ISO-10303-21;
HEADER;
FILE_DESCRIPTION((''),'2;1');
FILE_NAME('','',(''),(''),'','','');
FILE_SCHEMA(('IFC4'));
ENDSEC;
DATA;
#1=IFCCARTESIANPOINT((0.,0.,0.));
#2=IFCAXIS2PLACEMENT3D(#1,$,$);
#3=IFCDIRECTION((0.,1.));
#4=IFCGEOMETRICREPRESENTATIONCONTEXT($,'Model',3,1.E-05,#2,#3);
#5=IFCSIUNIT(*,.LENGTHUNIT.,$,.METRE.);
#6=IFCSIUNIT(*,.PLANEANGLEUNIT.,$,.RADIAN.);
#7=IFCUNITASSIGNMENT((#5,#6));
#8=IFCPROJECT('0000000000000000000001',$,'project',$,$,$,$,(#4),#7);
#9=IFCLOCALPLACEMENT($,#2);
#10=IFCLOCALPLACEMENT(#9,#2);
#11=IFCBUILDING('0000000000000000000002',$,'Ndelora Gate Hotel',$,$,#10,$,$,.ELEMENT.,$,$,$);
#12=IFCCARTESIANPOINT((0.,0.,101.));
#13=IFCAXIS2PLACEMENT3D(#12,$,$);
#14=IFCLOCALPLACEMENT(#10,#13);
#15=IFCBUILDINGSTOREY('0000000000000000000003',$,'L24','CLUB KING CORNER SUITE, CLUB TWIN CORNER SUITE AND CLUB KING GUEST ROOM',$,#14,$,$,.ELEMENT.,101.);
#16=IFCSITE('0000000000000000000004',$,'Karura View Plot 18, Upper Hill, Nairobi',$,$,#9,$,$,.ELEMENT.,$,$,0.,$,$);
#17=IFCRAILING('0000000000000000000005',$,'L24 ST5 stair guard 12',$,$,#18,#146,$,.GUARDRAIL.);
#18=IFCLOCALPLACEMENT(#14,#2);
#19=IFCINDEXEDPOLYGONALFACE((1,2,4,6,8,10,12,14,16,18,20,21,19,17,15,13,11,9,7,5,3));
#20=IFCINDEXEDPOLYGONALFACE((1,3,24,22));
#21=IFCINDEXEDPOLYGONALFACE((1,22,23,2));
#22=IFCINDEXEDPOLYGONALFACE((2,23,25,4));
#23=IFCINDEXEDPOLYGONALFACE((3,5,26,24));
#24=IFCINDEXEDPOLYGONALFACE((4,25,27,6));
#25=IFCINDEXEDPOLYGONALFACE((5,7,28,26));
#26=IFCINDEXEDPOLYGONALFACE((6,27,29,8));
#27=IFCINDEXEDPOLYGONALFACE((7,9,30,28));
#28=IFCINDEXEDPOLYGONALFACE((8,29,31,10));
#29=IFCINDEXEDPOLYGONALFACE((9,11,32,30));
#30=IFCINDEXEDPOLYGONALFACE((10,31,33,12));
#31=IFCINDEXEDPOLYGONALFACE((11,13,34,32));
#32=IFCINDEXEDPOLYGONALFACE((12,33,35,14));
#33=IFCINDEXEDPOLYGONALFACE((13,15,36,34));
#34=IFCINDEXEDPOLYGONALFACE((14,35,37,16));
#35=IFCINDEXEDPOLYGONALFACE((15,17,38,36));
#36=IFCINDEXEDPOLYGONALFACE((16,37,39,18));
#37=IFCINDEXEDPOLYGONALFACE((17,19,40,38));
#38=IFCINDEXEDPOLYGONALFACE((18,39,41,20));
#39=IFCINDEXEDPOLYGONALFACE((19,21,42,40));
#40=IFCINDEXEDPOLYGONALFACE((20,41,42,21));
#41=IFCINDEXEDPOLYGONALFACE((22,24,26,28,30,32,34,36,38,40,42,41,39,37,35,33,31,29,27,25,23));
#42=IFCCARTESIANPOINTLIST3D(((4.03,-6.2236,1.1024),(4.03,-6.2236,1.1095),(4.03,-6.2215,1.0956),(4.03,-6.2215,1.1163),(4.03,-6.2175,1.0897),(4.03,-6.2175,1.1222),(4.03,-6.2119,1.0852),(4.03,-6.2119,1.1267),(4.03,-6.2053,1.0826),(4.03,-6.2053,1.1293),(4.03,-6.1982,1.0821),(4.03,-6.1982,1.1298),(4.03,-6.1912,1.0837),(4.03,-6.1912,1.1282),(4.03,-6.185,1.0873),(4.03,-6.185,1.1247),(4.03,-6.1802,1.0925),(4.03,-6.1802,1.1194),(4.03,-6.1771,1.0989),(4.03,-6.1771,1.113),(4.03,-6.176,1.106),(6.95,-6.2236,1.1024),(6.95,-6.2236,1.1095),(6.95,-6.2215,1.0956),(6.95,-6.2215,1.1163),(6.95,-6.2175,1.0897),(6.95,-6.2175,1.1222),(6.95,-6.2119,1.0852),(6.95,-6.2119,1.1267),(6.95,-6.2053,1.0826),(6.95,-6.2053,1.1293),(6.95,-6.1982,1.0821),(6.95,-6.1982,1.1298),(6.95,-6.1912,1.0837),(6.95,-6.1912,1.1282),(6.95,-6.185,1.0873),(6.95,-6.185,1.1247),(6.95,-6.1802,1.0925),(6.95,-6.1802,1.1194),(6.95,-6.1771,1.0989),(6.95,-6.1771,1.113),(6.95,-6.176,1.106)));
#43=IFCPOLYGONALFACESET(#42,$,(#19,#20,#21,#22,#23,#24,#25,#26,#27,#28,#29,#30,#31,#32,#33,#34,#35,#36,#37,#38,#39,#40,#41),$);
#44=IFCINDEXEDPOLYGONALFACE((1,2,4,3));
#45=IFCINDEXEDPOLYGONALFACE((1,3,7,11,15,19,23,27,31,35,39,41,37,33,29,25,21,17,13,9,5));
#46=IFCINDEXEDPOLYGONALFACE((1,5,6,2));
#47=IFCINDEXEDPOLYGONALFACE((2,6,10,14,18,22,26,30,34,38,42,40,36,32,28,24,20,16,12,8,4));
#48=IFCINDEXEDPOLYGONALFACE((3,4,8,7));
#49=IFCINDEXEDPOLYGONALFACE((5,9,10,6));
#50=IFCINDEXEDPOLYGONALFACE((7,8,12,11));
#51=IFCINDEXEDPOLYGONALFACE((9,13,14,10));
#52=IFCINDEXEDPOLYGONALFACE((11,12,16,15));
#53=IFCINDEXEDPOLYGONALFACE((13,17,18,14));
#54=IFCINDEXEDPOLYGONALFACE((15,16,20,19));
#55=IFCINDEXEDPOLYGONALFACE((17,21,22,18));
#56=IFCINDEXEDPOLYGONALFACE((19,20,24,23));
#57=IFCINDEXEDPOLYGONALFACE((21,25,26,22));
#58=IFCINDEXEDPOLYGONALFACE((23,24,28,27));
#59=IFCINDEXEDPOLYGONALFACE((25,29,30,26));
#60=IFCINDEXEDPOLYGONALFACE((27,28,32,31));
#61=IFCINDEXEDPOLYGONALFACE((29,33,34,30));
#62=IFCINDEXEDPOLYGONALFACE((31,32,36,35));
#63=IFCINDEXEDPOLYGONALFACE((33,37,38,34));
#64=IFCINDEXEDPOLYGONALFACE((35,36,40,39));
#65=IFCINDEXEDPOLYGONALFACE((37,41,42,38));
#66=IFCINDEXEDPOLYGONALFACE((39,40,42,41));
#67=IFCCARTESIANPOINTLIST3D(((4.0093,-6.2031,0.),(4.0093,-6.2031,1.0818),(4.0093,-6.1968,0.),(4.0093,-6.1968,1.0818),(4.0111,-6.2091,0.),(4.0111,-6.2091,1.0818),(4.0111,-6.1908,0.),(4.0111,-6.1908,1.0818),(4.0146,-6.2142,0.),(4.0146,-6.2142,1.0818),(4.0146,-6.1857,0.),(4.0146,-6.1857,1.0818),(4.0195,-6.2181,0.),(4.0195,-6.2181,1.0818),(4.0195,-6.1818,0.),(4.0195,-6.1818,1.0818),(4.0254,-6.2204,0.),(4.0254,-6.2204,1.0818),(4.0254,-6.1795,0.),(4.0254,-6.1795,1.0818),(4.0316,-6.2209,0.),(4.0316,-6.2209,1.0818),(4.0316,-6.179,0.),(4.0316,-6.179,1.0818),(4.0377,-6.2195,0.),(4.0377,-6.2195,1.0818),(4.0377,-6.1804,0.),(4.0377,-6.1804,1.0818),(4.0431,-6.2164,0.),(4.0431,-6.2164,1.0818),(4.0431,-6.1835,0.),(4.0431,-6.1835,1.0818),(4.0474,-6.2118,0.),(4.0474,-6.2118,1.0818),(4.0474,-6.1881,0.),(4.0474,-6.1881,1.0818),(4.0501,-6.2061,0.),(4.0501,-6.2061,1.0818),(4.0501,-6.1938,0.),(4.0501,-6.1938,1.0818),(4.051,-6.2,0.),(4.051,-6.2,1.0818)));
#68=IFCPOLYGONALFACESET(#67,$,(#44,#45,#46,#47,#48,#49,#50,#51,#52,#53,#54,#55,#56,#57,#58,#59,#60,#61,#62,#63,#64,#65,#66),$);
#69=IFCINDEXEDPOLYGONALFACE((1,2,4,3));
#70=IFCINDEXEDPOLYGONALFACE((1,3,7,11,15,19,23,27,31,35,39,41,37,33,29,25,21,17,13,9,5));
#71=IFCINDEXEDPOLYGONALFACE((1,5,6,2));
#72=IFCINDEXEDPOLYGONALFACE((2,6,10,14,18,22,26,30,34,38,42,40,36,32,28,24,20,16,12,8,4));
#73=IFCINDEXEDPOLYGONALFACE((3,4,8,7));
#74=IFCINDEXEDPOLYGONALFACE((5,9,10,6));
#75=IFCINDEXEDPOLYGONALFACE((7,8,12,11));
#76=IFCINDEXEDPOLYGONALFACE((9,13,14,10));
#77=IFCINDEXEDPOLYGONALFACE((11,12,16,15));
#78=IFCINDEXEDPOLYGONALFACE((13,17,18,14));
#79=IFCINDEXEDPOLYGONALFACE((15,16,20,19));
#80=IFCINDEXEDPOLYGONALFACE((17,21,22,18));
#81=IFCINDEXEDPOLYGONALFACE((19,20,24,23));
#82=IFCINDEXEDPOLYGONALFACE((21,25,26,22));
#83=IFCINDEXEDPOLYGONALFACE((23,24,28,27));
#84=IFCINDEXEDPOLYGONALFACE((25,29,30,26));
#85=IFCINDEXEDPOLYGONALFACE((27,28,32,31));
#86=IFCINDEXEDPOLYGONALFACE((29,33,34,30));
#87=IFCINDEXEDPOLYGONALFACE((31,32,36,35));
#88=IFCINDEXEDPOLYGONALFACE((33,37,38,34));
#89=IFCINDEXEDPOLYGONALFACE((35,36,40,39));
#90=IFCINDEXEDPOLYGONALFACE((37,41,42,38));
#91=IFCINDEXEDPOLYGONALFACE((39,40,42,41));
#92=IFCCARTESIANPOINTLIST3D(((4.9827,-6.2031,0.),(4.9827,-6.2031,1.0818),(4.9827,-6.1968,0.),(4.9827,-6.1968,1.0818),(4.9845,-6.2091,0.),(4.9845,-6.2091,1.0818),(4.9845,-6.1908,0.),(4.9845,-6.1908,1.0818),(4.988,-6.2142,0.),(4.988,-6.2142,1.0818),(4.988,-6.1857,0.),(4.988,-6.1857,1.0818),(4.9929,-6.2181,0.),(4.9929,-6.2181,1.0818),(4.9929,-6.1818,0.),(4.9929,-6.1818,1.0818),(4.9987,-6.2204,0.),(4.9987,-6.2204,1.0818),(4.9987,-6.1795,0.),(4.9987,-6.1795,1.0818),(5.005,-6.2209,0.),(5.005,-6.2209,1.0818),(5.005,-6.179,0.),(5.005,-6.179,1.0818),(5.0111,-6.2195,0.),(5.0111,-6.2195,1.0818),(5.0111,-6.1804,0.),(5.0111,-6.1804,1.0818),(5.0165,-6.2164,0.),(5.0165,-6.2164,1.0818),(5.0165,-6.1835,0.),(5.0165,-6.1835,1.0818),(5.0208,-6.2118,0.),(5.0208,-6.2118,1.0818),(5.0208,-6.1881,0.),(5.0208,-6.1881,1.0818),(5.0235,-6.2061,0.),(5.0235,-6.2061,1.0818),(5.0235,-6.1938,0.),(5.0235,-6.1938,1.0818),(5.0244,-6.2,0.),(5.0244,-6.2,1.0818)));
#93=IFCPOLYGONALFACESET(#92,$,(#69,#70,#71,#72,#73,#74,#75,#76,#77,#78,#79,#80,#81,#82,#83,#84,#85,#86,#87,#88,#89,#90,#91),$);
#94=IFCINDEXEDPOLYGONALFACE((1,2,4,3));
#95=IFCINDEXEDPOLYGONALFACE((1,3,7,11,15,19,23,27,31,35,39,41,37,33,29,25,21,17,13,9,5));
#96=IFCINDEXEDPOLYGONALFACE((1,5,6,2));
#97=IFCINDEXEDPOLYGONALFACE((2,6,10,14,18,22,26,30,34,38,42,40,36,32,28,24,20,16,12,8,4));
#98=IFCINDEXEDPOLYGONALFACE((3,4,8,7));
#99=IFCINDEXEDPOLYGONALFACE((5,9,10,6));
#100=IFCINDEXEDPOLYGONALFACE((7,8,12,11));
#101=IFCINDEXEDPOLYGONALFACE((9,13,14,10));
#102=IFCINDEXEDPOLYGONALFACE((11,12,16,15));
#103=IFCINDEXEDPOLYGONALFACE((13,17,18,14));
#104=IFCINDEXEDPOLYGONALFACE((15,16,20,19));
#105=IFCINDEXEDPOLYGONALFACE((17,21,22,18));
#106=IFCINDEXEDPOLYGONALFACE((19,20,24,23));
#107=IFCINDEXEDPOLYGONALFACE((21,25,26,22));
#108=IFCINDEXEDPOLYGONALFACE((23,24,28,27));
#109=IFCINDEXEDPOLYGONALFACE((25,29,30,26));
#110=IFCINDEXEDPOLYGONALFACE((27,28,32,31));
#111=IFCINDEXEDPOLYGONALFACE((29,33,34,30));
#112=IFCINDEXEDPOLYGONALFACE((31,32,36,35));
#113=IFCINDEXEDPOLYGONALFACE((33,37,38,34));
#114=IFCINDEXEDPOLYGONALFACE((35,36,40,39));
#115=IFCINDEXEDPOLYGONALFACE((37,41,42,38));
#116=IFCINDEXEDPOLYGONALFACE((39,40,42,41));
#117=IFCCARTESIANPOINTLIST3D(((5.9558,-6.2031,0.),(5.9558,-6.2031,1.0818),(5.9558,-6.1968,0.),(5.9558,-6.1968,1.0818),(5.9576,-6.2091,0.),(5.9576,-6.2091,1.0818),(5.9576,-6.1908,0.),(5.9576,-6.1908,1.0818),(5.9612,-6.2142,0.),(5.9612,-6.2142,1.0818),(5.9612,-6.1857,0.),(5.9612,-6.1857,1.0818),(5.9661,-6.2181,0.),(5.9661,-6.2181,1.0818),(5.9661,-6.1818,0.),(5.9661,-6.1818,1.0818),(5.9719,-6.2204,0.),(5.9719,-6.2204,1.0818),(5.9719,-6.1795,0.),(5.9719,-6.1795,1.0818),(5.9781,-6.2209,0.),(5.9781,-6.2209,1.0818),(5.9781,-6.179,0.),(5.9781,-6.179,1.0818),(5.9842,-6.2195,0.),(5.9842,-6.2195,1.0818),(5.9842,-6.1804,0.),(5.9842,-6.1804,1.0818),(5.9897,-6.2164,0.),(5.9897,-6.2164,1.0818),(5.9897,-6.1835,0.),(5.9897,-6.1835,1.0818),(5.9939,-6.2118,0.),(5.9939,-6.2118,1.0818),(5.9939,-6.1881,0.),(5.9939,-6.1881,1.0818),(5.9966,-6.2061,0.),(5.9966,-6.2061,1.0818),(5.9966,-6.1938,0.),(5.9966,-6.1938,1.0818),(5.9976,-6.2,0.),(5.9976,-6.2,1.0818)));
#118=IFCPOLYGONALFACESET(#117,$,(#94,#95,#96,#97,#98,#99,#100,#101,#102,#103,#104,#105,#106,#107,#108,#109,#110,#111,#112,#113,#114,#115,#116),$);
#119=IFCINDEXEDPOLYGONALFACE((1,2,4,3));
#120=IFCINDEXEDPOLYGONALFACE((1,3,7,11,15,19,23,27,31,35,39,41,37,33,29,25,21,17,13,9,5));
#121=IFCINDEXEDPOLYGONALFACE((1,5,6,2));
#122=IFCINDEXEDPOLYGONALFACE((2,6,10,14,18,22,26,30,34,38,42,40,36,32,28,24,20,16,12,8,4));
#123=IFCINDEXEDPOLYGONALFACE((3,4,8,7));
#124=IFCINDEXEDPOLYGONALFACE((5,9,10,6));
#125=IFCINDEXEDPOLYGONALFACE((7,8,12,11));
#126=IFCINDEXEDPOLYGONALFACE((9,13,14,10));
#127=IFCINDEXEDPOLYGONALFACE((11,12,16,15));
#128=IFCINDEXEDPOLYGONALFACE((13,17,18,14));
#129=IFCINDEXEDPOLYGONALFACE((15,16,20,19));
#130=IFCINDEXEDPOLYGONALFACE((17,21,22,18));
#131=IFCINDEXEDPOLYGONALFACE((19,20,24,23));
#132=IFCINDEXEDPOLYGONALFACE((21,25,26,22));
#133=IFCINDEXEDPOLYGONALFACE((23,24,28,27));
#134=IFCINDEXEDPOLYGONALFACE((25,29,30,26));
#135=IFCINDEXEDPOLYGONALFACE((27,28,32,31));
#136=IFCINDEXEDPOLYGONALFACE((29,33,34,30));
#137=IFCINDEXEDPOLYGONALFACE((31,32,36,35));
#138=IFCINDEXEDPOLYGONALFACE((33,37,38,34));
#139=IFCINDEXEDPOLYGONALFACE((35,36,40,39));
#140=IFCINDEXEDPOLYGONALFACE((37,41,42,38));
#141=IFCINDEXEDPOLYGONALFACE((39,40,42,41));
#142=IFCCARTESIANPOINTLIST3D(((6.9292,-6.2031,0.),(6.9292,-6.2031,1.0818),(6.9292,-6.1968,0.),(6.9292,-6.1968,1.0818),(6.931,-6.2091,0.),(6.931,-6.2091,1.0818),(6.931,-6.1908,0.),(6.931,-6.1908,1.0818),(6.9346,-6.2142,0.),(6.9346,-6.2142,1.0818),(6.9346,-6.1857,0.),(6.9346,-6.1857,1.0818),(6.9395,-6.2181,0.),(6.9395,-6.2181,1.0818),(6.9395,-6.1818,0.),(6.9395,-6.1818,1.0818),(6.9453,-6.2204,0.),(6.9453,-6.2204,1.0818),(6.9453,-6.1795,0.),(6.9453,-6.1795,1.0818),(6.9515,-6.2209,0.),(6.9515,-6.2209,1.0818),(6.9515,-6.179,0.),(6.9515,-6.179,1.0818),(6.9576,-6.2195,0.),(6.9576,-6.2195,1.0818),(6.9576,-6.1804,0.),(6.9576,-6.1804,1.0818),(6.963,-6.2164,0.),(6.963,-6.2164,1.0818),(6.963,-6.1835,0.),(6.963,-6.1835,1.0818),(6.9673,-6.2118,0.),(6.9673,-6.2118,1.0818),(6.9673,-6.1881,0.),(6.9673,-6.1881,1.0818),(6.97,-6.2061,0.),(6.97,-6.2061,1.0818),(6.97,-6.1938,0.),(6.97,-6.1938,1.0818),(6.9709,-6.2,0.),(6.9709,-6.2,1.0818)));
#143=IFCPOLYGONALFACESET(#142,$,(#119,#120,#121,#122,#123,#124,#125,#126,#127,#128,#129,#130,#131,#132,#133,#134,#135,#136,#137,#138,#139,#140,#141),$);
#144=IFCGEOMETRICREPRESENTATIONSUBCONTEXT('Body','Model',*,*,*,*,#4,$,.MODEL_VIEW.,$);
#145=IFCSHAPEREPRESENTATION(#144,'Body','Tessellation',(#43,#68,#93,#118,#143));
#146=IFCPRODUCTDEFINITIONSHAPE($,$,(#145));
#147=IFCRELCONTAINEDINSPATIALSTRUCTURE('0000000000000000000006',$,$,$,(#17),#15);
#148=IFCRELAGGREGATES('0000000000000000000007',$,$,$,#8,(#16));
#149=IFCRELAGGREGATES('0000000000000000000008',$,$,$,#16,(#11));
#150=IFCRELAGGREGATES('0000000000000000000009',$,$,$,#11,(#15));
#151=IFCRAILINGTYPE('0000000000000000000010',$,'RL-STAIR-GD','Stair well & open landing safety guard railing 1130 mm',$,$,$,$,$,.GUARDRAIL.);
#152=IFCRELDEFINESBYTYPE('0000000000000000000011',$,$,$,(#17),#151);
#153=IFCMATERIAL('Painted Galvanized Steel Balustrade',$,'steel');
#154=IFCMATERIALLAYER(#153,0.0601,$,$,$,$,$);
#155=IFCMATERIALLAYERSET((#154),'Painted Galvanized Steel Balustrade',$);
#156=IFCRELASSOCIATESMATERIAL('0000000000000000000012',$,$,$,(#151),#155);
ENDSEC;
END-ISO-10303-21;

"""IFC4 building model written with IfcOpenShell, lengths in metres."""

from ifc_helpers import new_model, si_unit, direction, frame, origin, origin_2d, place, context, subcontext, project, spatial, circle, extrude, material, layer, layer_set, type_object, element, save


model = new_model("IFC4")

# Units and contexts
model_context = context("Model", 3, precision=1e-05, world=origin(), true_north=direction((0.0, 1.0)))
body_context = subcontext(model_context, "Body", "Model", "MODEL_VIEW")
ifc_project = project(units=[si_unit("LENGTHUNIT", "METRE"), si_unit("PLANEANGLEUNIT", "RADIAN")], contexts=[model_context])

# Site, building, storey
site_placement = place(None, origin())
site = spatial("IfcSite", under=ifc_project, at=site_placement, Name="Karura View Plot 18, Upper Hill, Nairobi", CompositionType="ELEMENT", RefElevation=0.0)
building_placement = place(site_placement, origin())
building = spatial("IfcBuilding", under=site, at=building_placement, Name="Ndelora Gate Hotel", CompositionType="ELEMENT")
storey_placement = place(building_placement, frame((0.0, 0.0, 101.0)))
storey = spatial("IfcBuildingStorey", under=building, at=storey_placement, Name="L24", Description="CLUB KING CORNER SUITE, CLUB TWIN CORNER SUITE AND CLUB KING GUEST ROOM", CompositionType="ELEMENT", Elevation=101.0)

# Railing
ifc_material_1 = material(Name="Painted Galvanized Steel Balustrade", Category="steel")
ifc_layer_1 = layer(ifc_material_1, 0.0601)
ifc_layer_set_1 = layer_set([ifc_layer_1], Name="Painted Galvanized Steel Balustrade")
railing_type_1 = type_object("IfcRailingType", Name="RL-STAIR-GD", Description="Stair well & open landing safety guard railing 1130 mm", PredefinedType="GUARDRAIL", material=ifc_layer_set_1)
railing_1_placement = place(storey_placement, frame((4.03, -6.2, 0.0)))
element("IfcRailing", 1, at=railing_1_placement, inside=storey, type_object=railing_type_1, Name="L24 ST5 stair guard 12", PredefinedType="GUARDRAIL", context=body_context, shape_type="SweptSolid", body=[
    extrude(circle(Radius=0.0239, at=origin_2d()), frame((0.0, 0.0, 1.106), z_axis=(1.0, 0.0, 0.0), x_axis=(0.0, 1.0, 0.0)), (0.0, 0.0, 1.0), 2.9199),
    extrude(circle(Radius=0.021, at=origin_2d()), origin(), (0.0, 0.0, 1.0), 1.0818),
    extrude(circle(Radius=0.021, at=origin_2d()), frame((0.9734, 0.0, 0.0)), (0.0, 0.0, 1.0), 1.0818),
    extrude(circle(Radius=0.021, at=origin_2d()), frame((1.9465, 0.0, 0.0)), (0.0, 0.0, 1.0), 1.0818),
    extrude(circle(Radius=0.021, at=origin_2d()), frame((2.9199, 0.0, 0.0)), (0.0, 0.0, 1.0), 1.0818),
])

save(model, "model.ifc")
